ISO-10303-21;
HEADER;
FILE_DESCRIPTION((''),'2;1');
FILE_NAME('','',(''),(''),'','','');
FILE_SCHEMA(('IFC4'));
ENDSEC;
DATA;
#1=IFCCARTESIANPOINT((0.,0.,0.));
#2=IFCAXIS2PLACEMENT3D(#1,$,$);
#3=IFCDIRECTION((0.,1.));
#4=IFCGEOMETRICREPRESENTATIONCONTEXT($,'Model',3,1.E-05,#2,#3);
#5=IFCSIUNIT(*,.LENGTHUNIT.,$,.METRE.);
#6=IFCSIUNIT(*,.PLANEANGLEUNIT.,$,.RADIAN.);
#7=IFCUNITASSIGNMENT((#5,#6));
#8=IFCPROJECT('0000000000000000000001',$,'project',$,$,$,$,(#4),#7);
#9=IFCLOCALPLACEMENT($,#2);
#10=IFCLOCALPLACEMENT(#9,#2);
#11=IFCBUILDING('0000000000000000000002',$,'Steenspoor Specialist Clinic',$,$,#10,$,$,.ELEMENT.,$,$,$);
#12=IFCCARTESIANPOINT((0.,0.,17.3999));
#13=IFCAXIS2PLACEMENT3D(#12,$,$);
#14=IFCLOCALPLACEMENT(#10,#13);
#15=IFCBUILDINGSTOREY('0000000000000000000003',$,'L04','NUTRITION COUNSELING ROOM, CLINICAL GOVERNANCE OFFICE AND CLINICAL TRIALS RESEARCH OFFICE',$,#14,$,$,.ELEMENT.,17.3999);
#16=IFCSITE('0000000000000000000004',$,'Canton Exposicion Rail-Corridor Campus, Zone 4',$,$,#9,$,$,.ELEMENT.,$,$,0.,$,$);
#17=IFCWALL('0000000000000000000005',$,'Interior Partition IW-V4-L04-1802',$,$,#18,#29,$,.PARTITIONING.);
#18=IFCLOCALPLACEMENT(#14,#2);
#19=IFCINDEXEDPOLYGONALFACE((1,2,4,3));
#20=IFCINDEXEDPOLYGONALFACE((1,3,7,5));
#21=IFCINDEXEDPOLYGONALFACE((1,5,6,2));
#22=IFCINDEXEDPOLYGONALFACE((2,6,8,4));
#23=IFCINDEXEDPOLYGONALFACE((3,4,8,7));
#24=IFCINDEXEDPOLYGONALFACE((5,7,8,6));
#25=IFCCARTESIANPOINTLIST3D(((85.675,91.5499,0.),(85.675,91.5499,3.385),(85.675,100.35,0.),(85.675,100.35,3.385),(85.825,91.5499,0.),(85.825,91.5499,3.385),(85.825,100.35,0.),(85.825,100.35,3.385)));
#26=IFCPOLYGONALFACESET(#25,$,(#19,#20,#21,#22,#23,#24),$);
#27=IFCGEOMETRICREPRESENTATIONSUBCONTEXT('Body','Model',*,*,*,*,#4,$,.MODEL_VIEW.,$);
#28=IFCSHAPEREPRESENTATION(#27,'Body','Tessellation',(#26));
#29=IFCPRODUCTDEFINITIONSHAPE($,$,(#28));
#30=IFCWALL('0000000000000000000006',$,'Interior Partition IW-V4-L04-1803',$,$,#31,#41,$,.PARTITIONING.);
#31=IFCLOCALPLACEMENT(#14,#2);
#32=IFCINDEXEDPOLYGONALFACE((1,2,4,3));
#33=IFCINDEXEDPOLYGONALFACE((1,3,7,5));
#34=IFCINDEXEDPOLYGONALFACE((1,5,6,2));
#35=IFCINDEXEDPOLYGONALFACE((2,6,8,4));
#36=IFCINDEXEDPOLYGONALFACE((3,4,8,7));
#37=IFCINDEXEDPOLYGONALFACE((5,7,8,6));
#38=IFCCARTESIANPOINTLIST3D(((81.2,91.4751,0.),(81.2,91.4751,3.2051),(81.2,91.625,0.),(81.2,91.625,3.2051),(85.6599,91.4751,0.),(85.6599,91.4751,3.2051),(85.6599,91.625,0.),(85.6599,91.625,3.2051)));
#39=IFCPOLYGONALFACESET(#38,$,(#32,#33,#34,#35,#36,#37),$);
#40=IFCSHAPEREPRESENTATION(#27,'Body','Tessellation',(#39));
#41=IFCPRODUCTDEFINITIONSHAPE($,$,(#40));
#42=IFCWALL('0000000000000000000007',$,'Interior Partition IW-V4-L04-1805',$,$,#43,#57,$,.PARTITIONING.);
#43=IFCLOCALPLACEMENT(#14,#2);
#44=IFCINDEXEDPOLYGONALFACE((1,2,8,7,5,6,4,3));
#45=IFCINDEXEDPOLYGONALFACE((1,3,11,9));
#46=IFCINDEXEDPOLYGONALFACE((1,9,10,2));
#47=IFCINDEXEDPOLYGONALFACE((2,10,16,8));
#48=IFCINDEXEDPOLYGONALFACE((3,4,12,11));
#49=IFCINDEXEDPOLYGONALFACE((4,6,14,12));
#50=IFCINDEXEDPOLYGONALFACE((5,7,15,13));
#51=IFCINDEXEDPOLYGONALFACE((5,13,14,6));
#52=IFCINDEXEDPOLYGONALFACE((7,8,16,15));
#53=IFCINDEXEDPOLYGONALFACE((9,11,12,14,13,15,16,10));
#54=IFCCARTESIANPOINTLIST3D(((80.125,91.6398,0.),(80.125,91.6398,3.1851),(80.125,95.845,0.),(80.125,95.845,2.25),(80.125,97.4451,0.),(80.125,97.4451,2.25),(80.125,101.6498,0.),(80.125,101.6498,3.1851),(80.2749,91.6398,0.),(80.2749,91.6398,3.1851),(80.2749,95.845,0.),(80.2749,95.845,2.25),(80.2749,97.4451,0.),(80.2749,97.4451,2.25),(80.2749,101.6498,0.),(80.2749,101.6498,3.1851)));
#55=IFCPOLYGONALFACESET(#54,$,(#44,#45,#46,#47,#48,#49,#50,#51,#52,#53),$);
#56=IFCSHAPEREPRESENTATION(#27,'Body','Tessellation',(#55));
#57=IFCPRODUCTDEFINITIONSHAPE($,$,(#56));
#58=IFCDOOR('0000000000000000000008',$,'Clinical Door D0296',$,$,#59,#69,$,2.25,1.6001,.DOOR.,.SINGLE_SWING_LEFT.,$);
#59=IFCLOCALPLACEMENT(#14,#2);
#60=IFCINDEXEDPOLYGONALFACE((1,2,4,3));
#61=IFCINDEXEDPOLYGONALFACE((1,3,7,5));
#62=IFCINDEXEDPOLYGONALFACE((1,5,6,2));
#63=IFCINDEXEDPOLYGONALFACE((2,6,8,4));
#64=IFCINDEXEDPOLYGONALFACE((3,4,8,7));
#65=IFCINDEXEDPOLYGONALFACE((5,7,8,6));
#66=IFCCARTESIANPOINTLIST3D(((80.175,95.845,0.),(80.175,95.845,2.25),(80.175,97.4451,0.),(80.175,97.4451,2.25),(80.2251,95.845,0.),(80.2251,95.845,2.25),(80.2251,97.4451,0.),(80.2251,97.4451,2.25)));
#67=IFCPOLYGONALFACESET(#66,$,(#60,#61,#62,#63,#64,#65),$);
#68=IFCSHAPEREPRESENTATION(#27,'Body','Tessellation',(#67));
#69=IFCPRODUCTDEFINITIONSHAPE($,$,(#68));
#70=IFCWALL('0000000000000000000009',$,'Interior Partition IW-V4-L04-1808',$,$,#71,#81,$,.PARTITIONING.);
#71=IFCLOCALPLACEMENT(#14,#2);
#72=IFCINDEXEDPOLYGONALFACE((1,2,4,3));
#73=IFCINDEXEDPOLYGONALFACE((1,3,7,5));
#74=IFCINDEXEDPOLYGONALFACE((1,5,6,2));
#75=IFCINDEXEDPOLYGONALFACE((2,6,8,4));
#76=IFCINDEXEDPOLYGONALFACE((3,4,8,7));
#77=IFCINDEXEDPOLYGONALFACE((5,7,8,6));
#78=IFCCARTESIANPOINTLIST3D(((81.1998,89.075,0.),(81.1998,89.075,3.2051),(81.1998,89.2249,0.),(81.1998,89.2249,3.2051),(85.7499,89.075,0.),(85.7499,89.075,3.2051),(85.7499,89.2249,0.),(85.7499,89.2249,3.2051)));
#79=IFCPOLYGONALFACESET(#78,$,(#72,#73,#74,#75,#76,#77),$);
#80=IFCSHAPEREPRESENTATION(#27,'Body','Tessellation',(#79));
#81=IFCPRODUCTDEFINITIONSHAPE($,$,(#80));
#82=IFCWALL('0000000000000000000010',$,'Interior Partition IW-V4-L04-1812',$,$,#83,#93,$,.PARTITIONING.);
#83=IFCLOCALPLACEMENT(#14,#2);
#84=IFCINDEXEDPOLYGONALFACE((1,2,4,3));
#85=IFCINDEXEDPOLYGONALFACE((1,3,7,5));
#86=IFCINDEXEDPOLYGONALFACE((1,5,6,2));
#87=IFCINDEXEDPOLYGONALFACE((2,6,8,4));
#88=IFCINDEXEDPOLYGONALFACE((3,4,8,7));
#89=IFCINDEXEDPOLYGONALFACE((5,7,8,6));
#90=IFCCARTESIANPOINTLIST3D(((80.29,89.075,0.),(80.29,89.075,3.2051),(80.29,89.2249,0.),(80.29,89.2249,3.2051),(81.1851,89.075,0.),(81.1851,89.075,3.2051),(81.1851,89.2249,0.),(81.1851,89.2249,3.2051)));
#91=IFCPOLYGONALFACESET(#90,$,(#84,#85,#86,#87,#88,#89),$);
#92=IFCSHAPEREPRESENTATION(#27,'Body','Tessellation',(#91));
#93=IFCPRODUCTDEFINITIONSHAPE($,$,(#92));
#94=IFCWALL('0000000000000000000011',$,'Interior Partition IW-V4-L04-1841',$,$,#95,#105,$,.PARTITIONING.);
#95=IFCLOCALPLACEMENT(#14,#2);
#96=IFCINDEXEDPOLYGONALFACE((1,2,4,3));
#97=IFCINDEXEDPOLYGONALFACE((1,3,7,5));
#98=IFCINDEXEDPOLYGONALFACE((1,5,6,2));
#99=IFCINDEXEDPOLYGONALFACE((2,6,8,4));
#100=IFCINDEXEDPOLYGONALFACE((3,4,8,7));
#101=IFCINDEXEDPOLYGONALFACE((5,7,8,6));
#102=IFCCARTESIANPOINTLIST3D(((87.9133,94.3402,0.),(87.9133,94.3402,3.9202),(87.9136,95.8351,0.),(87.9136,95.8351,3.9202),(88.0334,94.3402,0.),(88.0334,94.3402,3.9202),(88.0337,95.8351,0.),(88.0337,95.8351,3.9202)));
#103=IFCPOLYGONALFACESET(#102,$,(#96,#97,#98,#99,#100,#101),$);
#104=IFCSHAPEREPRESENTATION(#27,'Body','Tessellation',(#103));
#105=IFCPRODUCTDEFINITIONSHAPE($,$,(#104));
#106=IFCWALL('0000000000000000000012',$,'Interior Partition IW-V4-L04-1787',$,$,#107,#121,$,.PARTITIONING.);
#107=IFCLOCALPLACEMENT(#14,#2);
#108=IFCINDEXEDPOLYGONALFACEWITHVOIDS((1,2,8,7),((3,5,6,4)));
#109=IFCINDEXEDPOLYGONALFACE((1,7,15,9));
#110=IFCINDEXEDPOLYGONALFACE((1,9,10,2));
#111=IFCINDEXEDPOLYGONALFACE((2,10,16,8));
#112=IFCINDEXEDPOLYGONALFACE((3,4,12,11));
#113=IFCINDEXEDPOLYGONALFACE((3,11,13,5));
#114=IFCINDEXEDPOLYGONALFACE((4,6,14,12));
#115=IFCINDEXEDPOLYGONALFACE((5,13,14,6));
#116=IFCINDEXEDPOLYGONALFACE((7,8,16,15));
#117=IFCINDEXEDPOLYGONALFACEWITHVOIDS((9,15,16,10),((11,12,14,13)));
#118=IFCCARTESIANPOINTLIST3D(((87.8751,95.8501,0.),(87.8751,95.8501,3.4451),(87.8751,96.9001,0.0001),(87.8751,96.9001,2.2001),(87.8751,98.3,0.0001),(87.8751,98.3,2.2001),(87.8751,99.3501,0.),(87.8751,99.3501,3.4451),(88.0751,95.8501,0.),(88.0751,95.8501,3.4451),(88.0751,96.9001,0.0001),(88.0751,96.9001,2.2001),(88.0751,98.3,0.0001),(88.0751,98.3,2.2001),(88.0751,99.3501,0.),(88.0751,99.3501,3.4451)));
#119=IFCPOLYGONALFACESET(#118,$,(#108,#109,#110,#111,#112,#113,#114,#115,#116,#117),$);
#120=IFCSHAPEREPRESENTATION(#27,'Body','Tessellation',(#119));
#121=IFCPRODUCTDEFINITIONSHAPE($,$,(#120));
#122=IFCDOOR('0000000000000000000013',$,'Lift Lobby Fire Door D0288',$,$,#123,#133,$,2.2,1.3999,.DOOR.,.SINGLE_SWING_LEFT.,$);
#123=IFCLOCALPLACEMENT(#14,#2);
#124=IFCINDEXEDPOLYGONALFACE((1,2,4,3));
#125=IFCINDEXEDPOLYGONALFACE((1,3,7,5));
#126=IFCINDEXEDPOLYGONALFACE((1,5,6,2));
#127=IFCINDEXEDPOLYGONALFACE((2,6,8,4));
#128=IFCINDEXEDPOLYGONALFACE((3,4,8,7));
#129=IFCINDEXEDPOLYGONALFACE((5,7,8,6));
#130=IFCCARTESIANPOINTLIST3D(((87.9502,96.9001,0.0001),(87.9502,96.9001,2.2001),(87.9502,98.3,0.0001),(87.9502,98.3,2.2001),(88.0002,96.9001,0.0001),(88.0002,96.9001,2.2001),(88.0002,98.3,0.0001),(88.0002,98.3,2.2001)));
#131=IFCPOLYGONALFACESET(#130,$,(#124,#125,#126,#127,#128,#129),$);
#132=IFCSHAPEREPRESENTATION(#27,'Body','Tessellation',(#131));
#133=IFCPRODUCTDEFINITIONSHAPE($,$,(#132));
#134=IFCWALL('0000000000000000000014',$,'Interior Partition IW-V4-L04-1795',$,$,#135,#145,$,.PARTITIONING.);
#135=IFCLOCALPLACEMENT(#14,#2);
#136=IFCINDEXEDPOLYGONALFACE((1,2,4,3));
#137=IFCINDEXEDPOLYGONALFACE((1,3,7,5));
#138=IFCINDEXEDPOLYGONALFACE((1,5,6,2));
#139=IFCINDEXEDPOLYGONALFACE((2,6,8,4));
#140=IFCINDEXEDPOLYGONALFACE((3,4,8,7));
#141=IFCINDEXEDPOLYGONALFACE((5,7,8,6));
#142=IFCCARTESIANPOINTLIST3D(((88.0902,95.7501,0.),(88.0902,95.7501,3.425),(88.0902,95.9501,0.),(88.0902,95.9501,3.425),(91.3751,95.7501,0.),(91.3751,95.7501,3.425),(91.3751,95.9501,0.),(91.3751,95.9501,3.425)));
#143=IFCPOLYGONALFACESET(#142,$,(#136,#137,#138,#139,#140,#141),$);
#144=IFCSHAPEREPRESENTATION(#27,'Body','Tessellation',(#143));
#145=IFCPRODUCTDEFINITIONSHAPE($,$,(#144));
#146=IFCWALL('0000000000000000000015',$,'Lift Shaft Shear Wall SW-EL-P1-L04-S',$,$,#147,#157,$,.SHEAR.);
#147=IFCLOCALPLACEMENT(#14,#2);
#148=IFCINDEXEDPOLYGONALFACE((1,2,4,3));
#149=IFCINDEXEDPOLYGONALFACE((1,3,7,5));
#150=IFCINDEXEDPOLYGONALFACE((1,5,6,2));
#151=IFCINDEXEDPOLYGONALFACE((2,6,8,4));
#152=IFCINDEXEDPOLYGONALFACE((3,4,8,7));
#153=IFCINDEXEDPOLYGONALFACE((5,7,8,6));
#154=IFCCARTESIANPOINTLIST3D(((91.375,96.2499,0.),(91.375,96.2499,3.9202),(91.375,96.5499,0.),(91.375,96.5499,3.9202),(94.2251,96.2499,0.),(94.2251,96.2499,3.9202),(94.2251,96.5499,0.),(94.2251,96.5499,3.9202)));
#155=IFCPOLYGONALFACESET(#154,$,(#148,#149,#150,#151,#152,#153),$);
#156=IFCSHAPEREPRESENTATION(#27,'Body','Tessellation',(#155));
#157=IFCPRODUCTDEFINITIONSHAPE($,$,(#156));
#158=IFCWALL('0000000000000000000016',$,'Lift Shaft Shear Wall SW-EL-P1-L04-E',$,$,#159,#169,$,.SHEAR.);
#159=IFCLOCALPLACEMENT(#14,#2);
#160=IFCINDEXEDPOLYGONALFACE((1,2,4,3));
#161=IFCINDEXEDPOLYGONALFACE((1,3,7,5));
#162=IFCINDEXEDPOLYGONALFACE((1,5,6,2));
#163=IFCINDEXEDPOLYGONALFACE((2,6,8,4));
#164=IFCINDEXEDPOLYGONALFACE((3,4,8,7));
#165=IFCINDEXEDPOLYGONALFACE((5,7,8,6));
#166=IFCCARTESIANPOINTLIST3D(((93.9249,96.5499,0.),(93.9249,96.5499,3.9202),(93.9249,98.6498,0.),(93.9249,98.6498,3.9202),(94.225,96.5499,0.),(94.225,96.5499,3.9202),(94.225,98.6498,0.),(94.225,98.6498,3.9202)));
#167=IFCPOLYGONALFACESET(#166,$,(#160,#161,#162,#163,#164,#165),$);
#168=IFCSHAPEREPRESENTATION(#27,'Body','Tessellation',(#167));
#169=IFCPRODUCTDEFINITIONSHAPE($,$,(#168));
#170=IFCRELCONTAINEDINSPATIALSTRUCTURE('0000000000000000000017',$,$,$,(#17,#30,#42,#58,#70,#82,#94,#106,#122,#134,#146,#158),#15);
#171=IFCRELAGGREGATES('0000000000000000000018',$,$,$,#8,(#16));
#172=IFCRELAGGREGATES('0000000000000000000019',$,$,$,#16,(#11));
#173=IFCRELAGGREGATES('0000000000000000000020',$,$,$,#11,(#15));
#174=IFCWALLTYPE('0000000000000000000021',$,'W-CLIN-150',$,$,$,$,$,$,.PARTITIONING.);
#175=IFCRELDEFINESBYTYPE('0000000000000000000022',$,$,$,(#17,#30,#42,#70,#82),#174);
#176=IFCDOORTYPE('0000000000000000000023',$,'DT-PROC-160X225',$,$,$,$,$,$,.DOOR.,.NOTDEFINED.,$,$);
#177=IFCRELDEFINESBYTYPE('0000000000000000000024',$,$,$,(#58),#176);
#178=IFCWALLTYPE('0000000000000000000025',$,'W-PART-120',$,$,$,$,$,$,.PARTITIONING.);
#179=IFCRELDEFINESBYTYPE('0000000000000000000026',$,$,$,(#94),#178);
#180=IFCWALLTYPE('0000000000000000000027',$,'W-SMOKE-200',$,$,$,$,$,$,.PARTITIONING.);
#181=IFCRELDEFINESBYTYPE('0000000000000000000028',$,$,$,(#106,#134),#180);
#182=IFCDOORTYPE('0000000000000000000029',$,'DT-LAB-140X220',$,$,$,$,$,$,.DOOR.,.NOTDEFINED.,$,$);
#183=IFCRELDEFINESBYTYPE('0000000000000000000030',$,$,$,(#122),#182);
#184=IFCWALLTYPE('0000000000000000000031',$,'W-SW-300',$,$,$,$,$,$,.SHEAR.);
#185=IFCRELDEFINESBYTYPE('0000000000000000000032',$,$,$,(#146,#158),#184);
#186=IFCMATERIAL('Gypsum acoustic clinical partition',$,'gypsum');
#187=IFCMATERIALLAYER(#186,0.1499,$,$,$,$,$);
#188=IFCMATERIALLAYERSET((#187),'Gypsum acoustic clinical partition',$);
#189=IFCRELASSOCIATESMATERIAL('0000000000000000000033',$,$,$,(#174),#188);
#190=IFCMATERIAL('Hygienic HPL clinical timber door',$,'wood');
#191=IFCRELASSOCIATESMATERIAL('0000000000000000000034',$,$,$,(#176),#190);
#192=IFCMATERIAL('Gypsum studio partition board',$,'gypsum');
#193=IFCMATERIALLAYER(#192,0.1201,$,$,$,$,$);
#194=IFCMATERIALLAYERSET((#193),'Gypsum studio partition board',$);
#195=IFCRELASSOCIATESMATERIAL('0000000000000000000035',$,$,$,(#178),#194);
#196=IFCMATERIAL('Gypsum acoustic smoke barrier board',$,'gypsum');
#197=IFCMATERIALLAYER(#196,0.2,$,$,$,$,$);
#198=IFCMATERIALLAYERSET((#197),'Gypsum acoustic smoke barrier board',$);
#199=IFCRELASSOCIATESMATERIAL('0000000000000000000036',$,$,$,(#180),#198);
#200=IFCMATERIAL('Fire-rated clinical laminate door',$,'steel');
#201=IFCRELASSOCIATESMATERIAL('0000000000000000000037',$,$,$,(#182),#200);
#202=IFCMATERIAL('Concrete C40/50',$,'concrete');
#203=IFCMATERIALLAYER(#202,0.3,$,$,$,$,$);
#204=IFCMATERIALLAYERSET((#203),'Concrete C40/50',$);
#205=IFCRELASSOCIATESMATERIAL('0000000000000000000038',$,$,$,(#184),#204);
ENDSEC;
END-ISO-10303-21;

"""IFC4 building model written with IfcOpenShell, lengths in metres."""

from ifc_helpers import new_model, si_unit, direction, frame, frame_2d, origin, place, context, subcontext, project, spatial, rectangle, extrude, material, layer, layer_set, type_object, element, fill, save


model = new_model("IFC4")

# Units and contexts
model_context = context("Model", 3, precision=1e-05, world=origin(), true_north=direction((0.0, 1.0)))
body_context = subcontext(model_context, "Body", "Model", "MODEL_VIEW")
ifc_project = project(units=[si_unit("LENGTHUNIT", "METRE"), si_unit("PLANEANGLEUNIT", "RADIAN")], contexts=[model_context])

# Site, building, storey
site_placement = place(None, origin())
site = spatial("IfcSite", under=ifc_project, at=site_placement, Name="Canton Exposicion Rail-Corridor Campus, Zone 4", CompositionType="ELEMENT", RefElevation=0.0)
building_placement = place(site_placement, origin())
building = spatial("IfcBuilding", under=site, at=building_placement, Name="Steenspoor Specialist Clinic", CompositionType="ELEMENT")
storey_placement = place(building_placement, frame((0.0, 0.0, 17.3999)))
storey = spatial("IfcBuildingStorey", under=building, at=storey_placement, Name="L04", Description="NUTRITION COUNSELING ROOM, CLINICAL GOVERNANCE OFFICE AND CLINICAL TRIALS RESEARCH OFFICE", CompositionType="ELEMENT", Elevation=17.3999)

# Shared definitions
ifc_material_1 = material(Name="Concrete C40/50", Category="concrete")

# Walls
ifc_material_2 = material(Name="Gypsum acoustic clinical partition", Category="gypsum")
ifc_layer_1 = layer(ifc_material_2, 0.1499)
ifc_layer_set_1 = layer_set([ifc_layer_1], Name="Gypsum acoustic clinical partition")
wall_type_1 = type_object("IfcWallType", Name="W-CLIN-150", PredefinedType="PARTITIONING", material=ifc_layer_set_1)
wall_1_placement = place(storey_placement, frame((85.75, 91.55, 0.0), z_axis=(0.0, 0.0, 1.0), x_axis=(0.0, 1.0, 0.0)))
element("IfcWall", 1, at=wall_1_placement, inside=storey, type_object=wall_type_1, Name="Interior Partition IW-V4-L04-1802", PredefinedType="PARTITIONING", context=body_context, shape_type="SweptSolid", body=[
    extrude(rectangle(XDim=8.8, YDim=0.1499, at=frame_2d((4.3999, 0.0))), origin(), (0.0, 0.0, 1.0), 3.385),
])
wall_2_placement = place(storey_placement, frame((81.2, 91.55, 0.0), z_axis=(0.0, 0.0, 1.0), x_axis=(1.0, 0.0, 0.0)))
element("IfcWall", 2, at=wall_2_placement, inside=storey, type_object=wall_type_1, Name="Interior Partition IW-V4-L04-1803", PredefinedType="PARTITIONING", context=body_context, shape_type="SweptSolid", body=[
    extrude(rectangle(XDim=4.46, YDim=0.1499, at=frame_2d((2.23, 0.0))), origin(), (0.0, 0.0, 1.0), 3.2051),
])

# Wall, opening, door
wall_3_placement = place(storey_placement, frame((80.2, 91.6399, 0.0), z_axis=(0.0, 0.0, 1.0), x_axis=(0.0, 1.0, 0.0)))
wall_3 = element("IfcWall", 3, at=wall_3_placement, inside=storey, type_object=wall_type_1, Name="Interior Partition IW-V4-L04-1805", PredefinedType="PARTITIONING", context=body_context, shape_type="SweptSolid", body=[
    extrude(rectangle(XDim=10.01, YDim=0.1499, at=frame_2d((5.0049, 0.0))), origin(), (0.0, 0.0, 1.0), 3.1851),
])
opening_1_placement = place(wall_3_placement, frame((4.2051, 0.0, 0.0)))
opening_1 = element("IfcOpeningElement", 4, at=opening_1_placement, cuts=wall_3, PredefinedType="OPENING", context=body_context, shape_type="SweptSolid", body=[
    extrude(rectangle(XDim=1.6001, YDim=2.25, at=frame_2d((0.8, 1.125))), frame((0.0, 0.085, 0.0), z_axis=(0.0, -1.0, 0.0), x_axis=(1.0, 0.0, 0.0)), (0.0, 0.0, 1.0), 0.1699),
])
ifc_material_3 = material(Name="Hygienic HPL clinical timber door", Category="wood")
door_type_1 = type_object("IfcDoorType", Name="DT-PROC-160X225", OperationType="NOTDEFINED", PredefinedType="DOOR", material=ifc_material_3)
door_1_placement = place(opening_1_placement, origin())
door_1 = element("IfcDoor", 5, at=door_1_placement, inside=storey, type_object=door_type_1, Name="Clinical Door D0296", OperationType="SINGLE_SWING_LEFT", OverallHeight=2.25, OverallWidth=1.6001, PredefinedType="DOOR", context=body_context, shape_type="SweptSolid", body=[
    extrude(rectangle(XDim=1.6001, YDim=2.25, at=frame_2d((0.8, 1.125))), frame((0.0, 0.0249, 0.0), z_axis=(0.0, -1.0, 0.0), x_axis=(1.0, 0.0, 0.0)), (0.0, 0.0, 1.0), 0.05),
])
fill(opening_1, door_1)

# Walls
wall_4_placement = place(storey_placement, frame((81.2, 89.1499, 0.0), z_axis=(0.0, 0.0, 1.0), x_axis=(1.0, 0.0, 0.0)))
element("IfcWall", 6, at=wall_4_placement, inside=storey, type_object=wall_type_1, Name="Interior Partition IW-V4-L04-1808", PredefinedType="PARTITIONING", context=body_context, shape_type="SweptSolid", body=[
    extrude(rectangle(XDim=4.55, YDim=0.1499, at=frame_2d((2.2749, 0.0))), origin(), (0.0, 0.0, 1.0), 3.2051),
])
wall_5_placement = place(storey_placement, frame((80.29, 89.1499, 0.0), z_axis=(0.0, 0.0, 1.0), x_axis=(1.0, 0.0, 0.0)))
element("IfcWall", 7, at=wall_5_placement, inside=storey, type_object=wall_type_1, Name="Interior Partition IW-V4-L04-1812", PredefinedType="PARTITIONING", context=body_context, shape_type="SweptSolid", body=[
    extrude(rectangle(XDim=0.895, YDim=0.1499, at=frame_2d((0.4475, 0.0))), origin(), (0.0, 0.0, 1.0), 3.2051),
])
ifc_material_4 = material(Name="Gypsum studio partition board", Category="gypsum")
ifc_layer_2 = layer(ifc_material_4, 0.1201)
ifc_layer_set_2 = layer_set([ifc_layer_2], Name="Gypsum studio partition board")
wall_type_2 = type_object("IfcWallType", Name="W-PART-120", PredefinedType="PARTITIONING", material=ifc_layer_set_2)
wall_6_placement = place(storey_placement, frame((87.9734, 94.3401, 0.0), z_axis=(0.0, 0.0, 1.0), x_axis=(0.000163, 1.0, 0.0)))
element("IfcWall", 8, at=wall_6_placement, inside=storey, type_object=wall_type_2, Name="Interior Partition IW-V4-L04-1841", PredefinedType="PARTITIONING", context=body_context, shape_type="SweptSolid", body=[
    extrude(rectangle(XDim=1.4949, YDim=0.1201, at=frame_2d((0.7476, 0.0))), origin(), (0.0, 0.0, 1.0), 3.9202),
])

# Wall, opening, door
ifc_material_5 = material(Name="Gypsum acoustic smoke barrier board", Category="gypsum")
ifc_layer_3 = layer(ifc_material_5, 0.2)
ifc_layer_set_3 = layer_set([ifc_layer_3], Name="Gypsum acoustic smoke barrier board")
wall_type_3 = type_object("IfcWallType", Name="W-SMOKE-200", PredefinedType="PARTITIONING", material=ifc_layer_set_3)
wall_7_placement = place(storey_placement, frame((87.9751, 95.8501, 0.0), z_axis=(0.0, 0.0, 1.0), x_axis=(0.0, 1.0, 0.0)))
wall_7 = element("IfcWall", 9, at=wall_7_placement, inside=storey, type_object=wall_type_3, Name="Interior Partition IW-V4-L04-1787", PredefinedType="PARTITIONING", context=body_context, shape_type="SweptSolid", body=[
    extrude(rectangle(XDim=3.5, YDim=0.2, at=frame_2d((1.75, 0.0))), origin(), (0.0, 0.0, 1.0), 3.4451),
])
opening_2_placement = place(wall_7_placement, frame((1.05, 0.0, 0.0)))
opening_2 = element("IfcOpeningElement", 10, at=opening_2_placement, cuts=wall_7, PredefinedType="OPENING", context=body_context, shape_type="SweptSolid", body=[
    extrude(rectangle(XDim=1.3999, YDim=2.2, at=frame_2d((0.7, 1.1001))), frame((0.0, 0.1099, 0.0), z_axis=(0.0, -1.0, 0.0), x_axis=(1.0, 0.0, 0.0)), (0.0, 0.0, 1.0), 0.22),
])
ifc_material_6 = material(Name="Fire-rated clinical laminate door", Category="steel")
door_type_2 = type_object("IfcDoorType", Name="DT-LAB-140X220", OperationType="NOTDEFINED", PredefinedType="DOOR", material=ifc_material_6)
door_2_placement = place(opening_2_placement, origin())
door_2 = element("IfcDoor", 11, at=door_2_placement, inside=storey, type_object=door_type_2, Name="Lift Lobby Fire Door D0288", OperationType="SINGLE_SWING_LEFT", OverallHeight=2.2, OverallWidth=1.3999, PredefinedType="DOOR", context=body_context, shape_type="SweptSolid", body=[
    extrude(rectangle(XDim=1.3999, YDim=2.2, at=frame_2d((0.7, 1.1001))), frame((0.0, 0.0249, 0.0), z_axis=(0.0, -1.0, 0.0), x_axis=(1.0, 0.0, 0.0)), (0.0, 0.0, 1.0), 0.05),
])
fill(opening_2, door_2)

# Walls
wall_8_placement = place(storey_placement, frame((88.0901, 95.8501, 0.0), z_axis=(0.0, 0.0, 1.0), x_axis=(1.0, 0.0, 0.0)))
element("IfcWall", 12, at=wall_8_placement, inside=storey, type_object=wall_type_3, Name="Interior Partition IW-V4-L04-1795", PredefinedType="PARTITIONING", context=body_context, shape_type="SweptSolid", body=[
    extrude(rectangle(XDim=3.2849, YDim=0.2, at=frame_2d((1.6426, 0.0))), origin(), (0.0, 0.0, 1.0), 3.425),
])
ifc_layer_4 = layer(ifc_material_1, 0.3)
ifc_layer_set_4 = layer_set([ifc_layer_4], Name="Concrete C40/50")
wall_type_4 = type_object("IfcWallType", Name="W-SW-300", PredefinedType="SHEAR", material=ifc_layer_set_4)
wall_9_placement = place(storey_placement, frame((91.375, 96.3999, 0.0), z_axis=(0.0, 0.0, 1.0), x_axis=(1.0, 0.0, 0.0)))
element("IfcWall", 13, at=wall_9_placement, inside=storey, type_object=wall_type_4, Name="Lift Shaft Shear Wall SW-EL-P1-L04-S", PredefinedType="SHEAR", context=body_context, shape_type="SweptSolid", body=[
    extrude(rectangle(XDim=2.8501, YDim=0.3, at=frame_2d((1.425, 0.0))), origin(), (0.0, 0.0, 1.0), 3.9202),
])

# Wall
wall_10_placement = place(storey_placement, frame((94.075, 96.55, 0.0), z_axis=(0.0, 0.0, 1.0), x_axis=(0.0, 1.0, 0.0)))
element("IfcWall", 14, at=wall_10_placement, inside=storey, type_object=wall_type_4, Name="Lift Shaft Shear Wall SW-EL-P1-L04-E", PredefinedType="SHEAR", context=body_context, shape_type="SweptSolid", body=[
    extrude(rectangle(XDim=2.0999, YDim=0.3, at=frame_2d((1.0498, 0.0))), origin(), (0.0, 0.0, 1.0), 3.9202),
])

save(model, "model.ifc")
